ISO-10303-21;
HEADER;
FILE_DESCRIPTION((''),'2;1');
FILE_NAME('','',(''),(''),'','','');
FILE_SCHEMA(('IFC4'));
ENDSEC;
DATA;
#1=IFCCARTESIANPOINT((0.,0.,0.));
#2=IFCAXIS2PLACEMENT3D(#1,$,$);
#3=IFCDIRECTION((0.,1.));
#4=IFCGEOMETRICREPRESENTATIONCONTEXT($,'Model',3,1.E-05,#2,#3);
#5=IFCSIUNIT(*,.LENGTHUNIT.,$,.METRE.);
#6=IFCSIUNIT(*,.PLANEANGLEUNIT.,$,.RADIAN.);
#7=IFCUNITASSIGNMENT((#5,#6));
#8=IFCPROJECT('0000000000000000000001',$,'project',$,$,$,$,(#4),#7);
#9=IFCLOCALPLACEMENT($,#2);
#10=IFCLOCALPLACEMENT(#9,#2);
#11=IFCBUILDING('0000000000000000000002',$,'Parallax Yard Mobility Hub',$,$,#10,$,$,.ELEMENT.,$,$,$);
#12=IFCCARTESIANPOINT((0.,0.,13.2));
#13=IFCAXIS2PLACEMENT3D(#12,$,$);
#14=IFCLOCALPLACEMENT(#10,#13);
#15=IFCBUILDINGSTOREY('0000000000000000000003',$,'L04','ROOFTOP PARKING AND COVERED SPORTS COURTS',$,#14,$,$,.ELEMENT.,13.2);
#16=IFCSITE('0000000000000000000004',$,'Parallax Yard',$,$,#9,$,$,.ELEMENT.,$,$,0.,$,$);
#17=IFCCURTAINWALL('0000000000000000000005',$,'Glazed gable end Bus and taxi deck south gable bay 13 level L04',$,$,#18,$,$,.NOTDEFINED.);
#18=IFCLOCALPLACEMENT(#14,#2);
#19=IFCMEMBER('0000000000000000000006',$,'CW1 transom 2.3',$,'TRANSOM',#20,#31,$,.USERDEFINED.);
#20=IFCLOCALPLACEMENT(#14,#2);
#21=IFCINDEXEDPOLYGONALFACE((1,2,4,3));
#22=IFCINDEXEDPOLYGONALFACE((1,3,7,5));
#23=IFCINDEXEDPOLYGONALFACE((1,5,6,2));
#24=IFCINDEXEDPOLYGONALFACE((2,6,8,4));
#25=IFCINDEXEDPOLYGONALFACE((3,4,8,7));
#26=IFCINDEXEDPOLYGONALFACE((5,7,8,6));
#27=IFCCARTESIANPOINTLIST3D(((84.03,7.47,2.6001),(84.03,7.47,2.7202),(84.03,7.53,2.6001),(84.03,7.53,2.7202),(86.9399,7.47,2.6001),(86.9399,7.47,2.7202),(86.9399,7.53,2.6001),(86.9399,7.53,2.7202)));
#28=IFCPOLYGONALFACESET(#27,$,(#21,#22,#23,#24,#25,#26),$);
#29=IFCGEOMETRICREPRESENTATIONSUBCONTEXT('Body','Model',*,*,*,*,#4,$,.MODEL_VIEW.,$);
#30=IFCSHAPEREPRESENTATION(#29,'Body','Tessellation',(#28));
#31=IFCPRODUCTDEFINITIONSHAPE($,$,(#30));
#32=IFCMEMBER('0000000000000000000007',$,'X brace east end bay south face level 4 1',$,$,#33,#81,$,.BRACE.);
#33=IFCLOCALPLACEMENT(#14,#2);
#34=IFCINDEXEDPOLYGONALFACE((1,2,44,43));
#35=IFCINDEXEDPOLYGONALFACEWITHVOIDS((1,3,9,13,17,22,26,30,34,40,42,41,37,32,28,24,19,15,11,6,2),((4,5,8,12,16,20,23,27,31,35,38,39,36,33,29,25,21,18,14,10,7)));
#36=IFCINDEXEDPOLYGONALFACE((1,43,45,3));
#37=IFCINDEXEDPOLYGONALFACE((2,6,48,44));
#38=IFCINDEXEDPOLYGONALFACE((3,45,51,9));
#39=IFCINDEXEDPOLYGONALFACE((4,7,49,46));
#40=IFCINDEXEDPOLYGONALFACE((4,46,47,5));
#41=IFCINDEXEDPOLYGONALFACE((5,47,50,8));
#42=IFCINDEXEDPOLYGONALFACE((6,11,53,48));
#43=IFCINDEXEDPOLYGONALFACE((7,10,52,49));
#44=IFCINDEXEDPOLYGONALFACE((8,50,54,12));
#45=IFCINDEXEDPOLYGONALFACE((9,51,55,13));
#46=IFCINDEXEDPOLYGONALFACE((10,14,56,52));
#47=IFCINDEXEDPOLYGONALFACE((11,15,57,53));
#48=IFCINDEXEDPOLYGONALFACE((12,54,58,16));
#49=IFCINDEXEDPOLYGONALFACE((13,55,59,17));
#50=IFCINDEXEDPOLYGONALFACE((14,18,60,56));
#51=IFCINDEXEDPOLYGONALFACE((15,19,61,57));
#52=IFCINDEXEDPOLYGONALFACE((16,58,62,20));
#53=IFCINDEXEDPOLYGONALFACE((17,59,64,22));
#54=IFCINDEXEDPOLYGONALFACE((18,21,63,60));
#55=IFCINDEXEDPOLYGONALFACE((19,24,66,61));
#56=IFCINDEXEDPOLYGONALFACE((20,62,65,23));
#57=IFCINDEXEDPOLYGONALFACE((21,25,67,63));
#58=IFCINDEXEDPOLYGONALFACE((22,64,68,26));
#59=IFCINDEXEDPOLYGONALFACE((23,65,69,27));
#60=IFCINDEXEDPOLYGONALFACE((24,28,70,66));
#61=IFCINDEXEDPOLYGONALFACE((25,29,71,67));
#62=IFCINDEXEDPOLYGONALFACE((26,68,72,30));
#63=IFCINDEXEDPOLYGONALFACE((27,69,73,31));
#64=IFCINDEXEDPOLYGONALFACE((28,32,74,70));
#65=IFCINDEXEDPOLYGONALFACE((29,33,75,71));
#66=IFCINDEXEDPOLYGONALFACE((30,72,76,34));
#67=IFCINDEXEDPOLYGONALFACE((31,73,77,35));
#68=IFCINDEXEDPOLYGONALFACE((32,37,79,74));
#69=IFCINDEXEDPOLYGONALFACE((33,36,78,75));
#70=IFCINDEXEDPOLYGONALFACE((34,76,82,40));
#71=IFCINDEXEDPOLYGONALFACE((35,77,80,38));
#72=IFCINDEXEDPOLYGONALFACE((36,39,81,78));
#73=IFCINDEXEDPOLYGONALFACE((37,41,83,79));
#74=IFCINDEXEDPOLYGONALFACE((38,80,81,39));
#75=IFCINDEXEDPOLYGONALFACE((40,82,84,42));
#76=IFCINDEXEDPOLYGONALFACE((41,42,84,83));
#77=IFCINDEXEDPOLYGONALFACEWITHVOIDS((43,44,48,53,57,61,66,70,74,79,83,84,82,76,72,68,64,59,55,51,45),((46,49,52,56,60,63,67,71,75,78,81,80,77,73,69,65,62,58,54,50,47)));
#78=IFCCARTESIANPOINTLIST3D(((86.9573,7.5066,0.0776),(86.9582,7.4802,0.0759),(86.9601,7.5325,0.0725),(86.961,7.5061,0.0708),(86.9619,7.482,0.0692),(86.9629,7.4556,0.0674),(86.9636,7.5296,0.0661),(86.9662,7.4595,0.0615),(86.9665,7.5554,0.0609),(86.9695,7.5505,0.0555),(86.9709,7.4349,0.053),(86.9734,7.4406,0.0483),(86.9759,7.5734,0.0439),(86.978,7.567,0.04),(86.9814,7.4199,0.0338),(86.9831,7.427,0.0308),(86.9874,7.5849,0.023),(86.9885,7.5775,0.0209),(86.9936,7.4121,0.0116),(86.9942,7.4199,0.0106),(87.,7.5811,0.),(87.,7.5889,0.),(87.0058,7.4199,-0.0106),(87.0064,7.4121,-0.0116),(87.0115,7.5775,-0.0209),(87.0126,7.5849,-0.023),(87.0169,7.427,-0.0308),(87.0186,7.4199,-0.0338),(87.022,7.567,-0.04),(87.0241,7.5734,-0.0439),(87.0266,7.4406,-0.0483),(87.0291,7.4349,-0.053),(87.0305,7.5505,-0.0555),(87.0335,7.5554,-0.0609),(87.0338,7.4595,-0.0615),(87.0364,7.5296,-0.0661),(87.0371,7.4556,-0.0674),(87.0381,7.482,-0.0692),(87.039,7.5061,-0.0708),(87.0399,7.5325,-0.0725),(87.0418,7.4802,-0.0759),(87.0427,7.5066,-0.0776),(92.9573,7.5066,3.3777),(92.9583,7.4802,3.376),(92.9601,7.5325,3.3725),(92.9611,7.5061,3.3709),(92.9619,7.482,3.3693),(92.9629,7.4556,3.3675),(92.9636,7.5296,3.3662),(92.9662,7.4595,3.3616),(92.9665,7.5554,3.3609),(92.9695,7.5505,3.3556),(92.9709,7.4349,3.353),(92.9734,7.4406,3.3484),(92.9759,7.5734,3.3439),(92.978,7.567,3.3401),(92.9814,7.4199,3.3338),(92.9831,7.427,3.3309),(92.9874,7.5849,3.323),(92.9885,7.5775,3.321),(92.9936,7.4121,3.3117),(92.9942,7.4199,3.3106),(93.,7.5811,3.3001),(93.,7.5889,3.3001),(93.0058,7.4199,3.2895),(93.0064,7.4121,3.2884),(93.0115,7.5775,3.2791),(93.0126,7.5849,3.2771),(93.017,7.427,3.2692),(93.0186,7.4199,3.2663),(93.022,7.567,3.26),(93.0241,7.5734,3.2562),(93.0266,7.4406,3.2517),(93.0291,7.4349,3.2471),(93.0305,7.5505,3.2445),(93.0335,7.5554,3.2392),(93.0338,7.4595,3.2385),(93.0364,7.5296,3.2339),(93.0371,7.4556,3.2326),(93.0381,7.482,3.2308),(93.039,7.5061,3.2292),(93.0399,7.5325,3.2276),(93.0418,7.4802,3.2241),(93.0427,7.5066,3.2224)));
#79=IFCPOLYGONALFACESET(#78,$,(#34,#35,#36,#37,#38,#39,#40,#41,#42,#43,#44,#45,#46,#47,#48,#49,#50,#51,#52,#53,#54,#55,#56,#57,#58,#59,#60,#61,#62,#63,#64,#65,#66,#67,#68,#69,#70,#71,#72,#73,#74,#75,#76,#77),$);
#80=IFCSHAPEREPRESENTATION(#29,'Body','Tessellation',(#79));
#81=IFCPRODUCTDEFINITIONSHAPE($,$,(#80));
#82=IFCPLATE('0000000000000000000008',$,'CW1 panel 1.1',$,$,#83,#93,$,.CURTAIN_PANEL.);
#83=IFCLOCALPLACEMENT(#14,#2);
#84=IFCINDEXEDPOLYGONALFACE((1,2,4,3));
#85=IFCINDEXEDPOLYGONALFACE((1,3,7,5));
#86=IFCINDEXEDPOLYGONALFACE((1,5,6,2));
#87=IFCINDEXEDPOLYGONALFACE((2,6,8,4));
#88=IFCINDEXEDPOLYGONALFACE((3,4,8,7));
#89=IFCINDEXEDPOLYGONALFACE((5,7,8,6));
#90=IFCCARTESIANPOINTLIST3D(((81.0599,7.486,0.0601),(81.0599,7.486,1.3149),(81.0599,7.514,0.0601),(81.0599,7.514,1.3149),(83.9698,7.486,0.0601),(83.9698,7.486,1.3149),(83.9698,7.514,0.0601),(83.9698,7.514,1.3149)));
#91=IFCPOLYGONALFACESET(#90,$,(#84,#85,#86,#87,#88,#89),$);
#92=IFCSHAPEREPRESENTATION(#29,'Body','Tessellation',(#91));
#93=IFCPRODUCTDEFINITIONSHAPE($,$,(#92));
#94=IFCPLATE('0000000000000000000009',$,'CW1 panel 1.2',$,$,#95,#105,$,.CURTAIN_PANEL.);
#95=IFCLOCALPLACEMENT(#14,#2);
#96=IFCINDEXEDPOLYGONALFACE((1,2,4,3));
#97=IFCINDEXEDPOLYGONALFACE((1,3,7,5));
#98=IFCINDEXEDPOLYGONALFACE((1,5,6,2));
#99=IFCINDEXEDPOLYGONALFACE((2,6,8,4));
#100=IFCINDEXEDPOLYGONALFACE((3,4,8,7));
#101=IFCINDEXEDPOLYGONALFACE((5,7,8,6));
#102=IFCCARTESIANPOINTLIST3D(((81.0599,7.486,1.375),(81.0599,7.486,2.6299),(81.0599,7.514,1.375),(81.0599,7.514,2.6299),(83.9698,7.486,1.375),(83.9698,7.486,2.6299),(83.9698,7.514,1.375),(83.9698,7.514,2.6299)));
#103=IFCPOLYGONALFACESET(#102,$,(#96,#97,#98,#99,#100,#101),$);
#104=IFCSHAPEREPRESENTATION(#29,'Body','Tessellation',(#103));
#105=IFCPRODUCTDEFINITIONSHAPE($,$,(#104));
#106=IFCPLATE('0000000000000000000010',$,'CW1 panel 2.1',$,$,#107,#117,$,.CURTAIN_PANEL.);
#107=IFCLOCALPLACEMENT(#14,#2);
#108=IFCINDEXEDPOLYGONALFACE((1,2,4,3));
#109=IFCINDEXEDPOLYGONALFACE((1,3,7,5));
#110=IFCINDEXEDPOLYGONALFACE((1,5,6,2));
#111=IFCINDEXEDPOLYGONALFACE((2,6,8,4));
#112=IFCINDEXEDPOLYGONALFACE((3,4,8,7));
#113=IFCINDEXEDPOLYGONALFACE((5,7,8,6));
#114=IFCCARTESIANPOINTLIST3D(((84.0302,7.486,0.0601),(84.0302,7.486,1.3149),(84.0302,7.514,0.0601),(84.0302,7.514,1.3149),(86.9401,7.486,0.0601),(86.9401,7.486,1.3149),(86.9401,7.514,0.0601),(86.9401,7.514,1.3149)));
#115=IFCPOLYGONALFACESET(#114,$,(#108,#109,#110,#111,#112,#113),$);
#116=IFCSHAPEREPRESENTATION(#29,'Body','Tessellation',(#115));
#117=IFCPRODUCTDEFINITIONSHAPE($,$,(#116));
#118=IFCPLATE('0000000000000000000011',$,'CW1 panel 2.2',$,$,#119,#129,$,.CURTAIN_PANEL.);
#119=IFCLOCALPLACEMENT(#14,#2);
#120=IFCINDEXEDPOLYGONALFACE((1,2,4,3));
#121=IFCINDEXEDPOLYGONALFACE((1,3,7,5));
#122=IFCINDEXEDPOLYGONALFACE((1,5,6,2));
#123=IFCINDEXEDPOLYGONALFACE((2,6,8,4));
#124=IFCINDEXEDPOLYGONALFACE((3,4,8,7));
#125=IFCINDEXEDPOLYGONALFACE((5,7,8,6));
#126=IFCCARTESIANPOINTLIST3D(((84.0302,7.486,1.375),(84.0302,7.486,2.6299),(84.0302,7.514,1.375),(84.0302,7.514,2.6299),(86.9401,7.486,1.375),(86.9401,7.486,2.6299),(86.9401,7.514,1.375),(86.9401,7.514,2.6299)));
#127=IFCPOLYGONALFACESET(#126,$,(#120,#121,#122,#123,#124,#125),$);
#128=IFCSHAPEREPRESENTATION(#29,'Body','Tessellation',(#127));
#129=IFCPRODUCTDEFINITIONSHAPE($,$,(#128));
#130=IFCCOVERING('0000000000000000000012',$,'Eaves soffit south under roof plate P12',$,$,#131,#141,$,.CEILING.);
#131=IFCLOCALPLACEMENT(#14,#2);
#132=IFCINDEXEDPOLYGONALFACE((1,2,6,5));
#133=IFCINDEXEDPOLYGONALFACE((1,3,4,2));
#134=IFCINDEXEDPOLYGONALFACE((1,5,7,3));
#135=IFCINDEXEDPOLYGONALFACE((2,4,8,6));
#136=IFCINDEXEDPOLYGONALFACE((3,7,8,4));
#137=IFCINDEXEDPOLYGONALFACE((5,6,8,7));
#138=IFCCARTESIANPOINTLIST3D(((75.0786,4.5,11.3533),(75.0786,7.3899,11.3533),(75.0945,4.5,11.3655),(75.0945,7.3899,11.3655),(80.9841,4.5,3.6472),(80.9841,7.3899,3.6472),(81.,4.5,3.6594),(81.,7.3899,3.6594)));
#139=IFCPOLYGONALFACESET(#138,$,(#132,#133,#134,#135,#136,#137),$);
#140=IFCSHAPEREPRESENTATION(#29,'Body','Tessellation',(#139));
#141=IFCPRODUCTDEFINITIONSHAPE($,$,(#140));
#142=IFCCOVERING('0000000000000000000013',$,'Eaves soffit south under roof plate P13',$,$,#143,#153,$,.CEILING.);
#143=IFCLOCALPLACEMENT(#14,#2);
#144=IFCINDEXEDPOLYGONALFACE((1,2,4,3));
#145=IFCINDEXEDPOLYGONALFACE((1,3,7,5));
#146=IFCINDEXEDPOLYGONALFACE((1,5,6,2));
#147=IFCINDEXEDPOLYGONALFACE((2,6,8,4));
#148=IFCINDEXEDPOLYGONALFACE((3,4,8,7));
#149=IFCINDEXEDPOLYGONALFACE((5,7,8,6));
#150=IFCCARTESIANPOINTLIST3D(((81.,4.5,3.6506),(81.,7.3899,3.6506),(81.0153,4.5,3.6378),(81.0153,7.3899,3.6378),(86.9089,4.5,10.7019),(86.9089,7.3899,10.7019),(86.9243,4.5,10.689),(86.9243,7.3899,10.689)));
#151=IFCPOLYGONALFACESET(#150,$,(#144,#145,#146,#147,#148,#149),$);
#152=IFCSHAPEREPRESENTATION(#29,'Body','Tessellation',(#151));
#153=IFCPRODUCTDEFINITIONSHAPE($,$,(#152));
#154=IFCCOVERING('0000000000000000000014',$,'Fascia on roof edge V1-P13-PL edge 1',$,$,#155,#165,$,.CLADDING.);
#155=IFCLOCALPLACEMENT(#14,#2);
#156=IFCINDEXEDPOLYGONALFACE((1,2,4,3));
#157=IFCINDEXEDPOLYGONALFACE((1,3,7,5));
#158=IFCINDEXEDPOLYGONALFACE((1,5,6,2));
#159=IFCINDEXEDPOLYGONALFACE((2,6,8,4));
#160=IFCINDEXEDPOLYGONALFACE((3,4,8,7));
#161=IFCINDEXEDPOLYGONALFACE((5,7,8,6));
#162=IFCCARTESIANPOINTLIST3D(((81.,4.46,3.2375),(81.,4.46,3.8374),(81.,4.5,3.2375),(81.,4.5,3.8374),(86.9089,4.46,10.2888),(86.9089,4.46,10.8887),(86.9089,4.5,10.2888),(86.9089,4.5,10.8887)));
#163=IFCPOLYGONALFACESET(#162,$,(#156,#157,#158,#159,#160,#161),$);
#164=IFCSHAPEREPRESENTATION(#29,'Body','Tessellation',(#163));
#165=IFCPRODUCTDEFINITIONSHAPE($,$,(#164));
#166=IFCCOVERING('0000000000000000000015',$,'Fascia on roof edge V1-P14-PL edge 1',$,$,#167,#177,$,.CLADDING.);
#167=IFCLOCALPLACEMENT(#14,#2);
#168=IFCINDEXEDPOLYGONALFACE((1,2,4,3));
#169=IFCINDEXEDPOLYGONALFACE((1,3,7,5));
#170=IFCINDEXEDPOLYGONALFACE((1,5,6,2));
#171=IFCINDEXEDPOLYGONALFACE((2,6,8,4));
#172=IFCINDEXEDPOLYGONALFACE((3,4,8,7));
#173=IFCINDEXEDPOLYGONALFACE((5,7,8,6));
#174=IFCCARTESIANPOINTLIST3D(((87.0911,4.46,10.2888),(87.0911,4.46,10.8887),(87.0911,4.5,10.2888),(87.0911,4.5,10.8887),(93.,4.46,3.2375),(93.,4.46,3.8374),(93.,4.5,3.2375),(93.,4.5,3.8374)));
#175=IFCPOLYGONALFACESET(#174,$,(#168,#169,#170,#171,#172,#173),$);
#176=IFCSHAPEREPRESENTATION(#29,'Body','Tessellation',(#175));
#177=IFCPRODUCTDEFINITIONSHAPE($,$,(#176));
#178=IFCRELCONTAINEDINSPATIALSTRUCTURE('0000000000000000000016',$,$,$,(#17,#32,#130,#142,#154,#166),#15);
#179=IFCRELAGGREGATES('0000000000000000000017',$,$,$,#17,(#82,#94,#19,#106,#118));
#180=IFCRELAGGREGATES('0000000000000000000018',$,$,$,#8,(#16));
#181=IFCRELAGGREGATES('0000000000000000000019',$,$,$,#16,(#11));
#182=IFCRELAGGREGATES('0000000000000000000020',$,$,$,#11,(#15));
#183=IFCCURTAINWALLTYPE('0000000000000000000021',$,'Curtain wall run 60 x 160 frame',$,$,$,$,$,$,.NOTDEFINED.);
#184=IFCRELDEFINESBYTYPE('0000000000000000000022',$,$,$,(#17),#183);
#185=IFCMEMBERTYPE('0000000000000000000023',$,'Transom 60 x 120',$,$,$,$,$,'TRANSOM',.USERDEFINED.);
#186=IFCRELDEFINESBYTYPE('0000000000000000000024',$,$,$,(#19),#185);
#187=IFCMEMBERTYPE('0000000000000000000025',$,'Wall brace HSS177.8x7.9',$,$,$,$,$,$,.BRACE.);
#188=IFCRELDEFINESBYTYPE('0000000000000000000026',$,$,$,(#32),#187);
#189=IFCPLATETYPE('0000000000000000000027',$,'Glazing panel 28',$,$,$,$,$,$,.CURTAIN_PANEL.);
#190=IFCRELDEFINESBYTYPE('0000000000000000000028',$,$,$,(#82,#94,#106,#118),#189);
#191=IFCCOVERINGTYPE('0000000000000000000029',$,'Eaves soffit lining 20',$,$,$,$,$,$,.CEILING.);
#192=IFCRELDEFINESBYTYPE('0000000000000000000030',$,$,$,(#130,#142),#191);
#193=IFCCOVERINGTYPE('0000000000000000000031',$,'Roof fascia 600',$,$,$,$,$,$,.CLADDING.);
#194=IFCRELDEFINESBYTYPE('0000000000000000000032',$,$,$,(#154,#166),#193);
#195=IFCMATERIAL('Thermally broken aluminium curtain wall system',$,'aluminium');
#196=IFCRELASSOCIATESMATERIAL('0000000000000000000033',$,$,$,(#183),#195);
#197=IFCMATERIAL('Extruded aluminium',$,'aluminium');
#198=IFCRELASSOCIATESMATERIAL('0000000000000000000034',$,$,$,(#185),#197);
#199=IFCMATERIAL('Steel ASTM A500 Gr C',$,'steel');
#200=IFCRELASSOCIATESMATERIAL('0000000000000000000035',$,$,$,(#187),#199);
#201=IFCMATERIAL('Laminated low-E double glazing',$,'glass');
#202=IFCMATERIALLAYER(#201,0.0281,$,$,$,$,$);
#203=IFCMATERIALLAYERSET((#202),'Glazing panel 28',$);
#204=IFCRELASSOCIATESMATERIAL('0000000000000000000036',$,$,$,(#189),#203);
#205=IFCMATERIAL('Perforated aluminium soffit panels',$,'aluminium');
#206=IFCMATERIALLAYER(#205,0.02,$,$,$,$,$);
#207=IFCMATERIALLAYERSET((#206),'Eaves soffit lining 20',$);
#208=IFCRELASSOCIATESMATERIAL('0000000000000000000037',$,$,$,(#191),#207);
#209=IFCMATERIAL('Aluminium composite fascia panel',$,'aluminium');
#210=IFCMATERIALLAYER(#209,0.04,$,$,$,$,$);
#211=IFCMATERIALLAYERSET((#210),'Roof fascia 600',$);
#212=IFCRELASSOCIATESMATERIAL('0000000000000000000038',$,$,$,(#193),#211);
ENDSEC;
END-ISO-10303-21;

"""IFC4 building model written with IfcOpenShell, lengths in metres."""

from ifc_helpers import new_model, si_unit, direction, frame, origin, origin_2d, place, context, subcontext, project, spatial, polyline, rectangle, hollow_circle, outline, extrude, material, layer, layer_set, material_profile, profile_set, type_object, element, aggregate, save


model = new_model("IFC4")

# Units and contexts
model_context = context("Model", 3, precision=1e-05, world=origin(), true_north=direction((0.0, 1.0)))
body_context = subcontext(model_context, "Body", "Model", "MODEL_VIEW")
ifc_project = project(units=[si_unit("LENGTHUNIT", "METRE"), si_unit("PLANEANGLEUNIT", "RADIAN")], contexts=[model_context])

# Site, building, storey
site_placement = place(None, origin())
site = spatial("IfcSite", under=ifc_project, at=site_placement, Name="Parallax Yard", CompositionType="ELEMENT", RefElevation=0.0)
building_placement = place(site_placement, origin())
building = spatial("IfcBuilding", under=site, at=building_placement, Name="Parallax Yard Mobility Hub", CompositionType="ELEMENT")
storey_placement = place(building_placement, frame((0.0, 0.0, 13.2)))
storey = spatial("IfcBuildingStorey", under=building, at=storey_placement, Name="L04", Description="ROOFTOP PARKING AND COVERED SPORTS COURTS", CompositionType="ELEMENT", Elevation=13.2)

# Shared definitions
ifc_material_1 = material(Name="Steel ASTM A500 Gr C", Category="steel")

# Curtain wall
ifc_material_2 = material(Name="Thermally broken aluminium curtain wall system", Category="aluminium")
curtain_wall_type = type_object("IfcCurtainWallType", Name="Curtain wall run 60 x 160 frame", PredefinedType="NOTDEFINED", material=ifc_material_2)
curtain_wall_placement = place(storey_placement, origin())
curtain_wall = element("IfcCurtainWall", 1, at=curtain_wall_placement, inside=storey, type_object=curtain_wall_type, Name="Glazed gable end Bus and taxi deck south gable bay 13 level L04", PredefinedType="NOTDEFINED")
ifc_material_3 = material(Name="Extruded aluminium", Category="aluminium")

# Members
ifc_material_profile_1 = material_profile(ifc_material_3, rectangle(XDim=0.0601, YDim=0.1201, at=origin_2d()), Name="Transom 60 x 120")
ifc_profile_set_1 = profile_set([ifc_material_profile_1], Name="Extruded aluminium")
member_type_1 = type_object("IfcMemberType", Name="Transom 60 x 120", ElementType="TRANSOM", PredefinedType="USERDEFINED", material=ifc_profile_set_1)
member_1_placement = place(storey_placement, frame((84.03, 7.5, 2.6602), z_axis=(1.0, 0.0, 0.0), x_axis=(0.0, 1.0, 0.0)))
member_1 = element("IfcMember", 2, at=member_1_placement, type_object=member_type_1, Name="CW1 transom 2.3", ObjectType="TRANSOM", PredefinedType="USERDEFINED", context=body_context, shape_type="SweptSolid", body=[
    extrude(rectangle(XDim=0.0601, YDim=0.1201, at=origin_2d()), origin(), (0.0, 0.0, 1.0), 2.9099),
])
ifc_material_profile_2 = material_profile(ifc_material_1, hollow_circle(Radius=0.0889, WallThickness=0.0078, at=origin_2d()), Name="HSS177.8x7.9")
ifc_profile_set_2 = profile_set([ifc_material_profile_2], Name="Steel ASTM A500 Gr C")
member_type_2 = type_object("IfcMemberType", Name="Wall brace HSS177.8x7.9", PredefinedType="BRACE", material=ifc_profile_set_2)
member_2_placement = place(storey_placement, frame((87.0, 7.5, 0.0), z_axis=(0.876213, 0.0, 0.481924), x_axis=(0.0, 1.0, 0.0)))
element("IfcMember", 3, at=member_2_placement, inside=storey, type_object=member_type_2, Name="X brace east end bay south face level 4 1", PredefinedType="BRACE", context=body_context, shape_type="SweptSolid", body=[
    extrude(hollow_circle(Radius=0.0889, WallThickness=0.0078, at=origin_2d()), origin(), (0.0, 0.0, 1.0), 6.8477),
])

# Plates
ifc_material_4 = material(Name="Laminated low-E double glazing", Category="glass")
ifc_layer_1 = layer(ifc_material_4, 0.0281)
ifc_layer_set_1 = layer_set([ifc_layer_1], Name="Glazing panel 28")
plate_type = type_object("IfcPlateType", Name="Glazing panel 28", PredefinedType="CURTAIN_PANEL", material=ifc_layer_set_1)
plate_1_placement = place(storey_placement, frame((82.5149, 7.5, 0.0601), z_axis=(0.0, 0.0, 1.0), x_axis=(1.0, 0.0, 0.0)))
plate_1 = element("IfcPlate", 4, at=plate_1_placement, type_object=plate_type, Name="CW1 panel 1.1", PredefinedType="CURTAIN_PANEL", context=body_context, shape_type="SweptSolid", body=[
    extrude(rectangle(XDim=2.9099, YDim=0.0281, at=origin_2d()), origin(), (0.0, 0.0, 1.0), 1.2549),
])
plate_2_placement = place(storey_placement, frame((82.5149, 7.5, 1.375), z_axis=(0.0, 0.0, 1.0), x_axis=(1.0, 0.0, 0.0)))
plate_2 = element("IfcPlate", 5, at=plate_2_placement, type_object=plate_type, Name="CW1 panel 1.2", PredefinedType="CURTAIN_PANEL", context=body_context, shape_type="SweptSolid", body=[
    extrude(rectangle(XDim=2.9099, YDim=0.0281, at=origin_2d()), origin(), (0.0, 0.0, 1.0), 1.2549),
])
plate_3_placement = place(storey_placement, frame((85.4851, 7.5, 0.0601), z_axis=(0.0, 0.0, 1.0), x_axis=(1.0, 0.0, 0.0)))
plate_3 = element("IfcPlate", 6, at=plate_3_placement, type_object=plate_type, Name="CW1 panel 2.1", PredefinedType="CURTAIN_PANEL", context=body_context, shape_type="SweptSolid", body=[
    extrude(rectangle(XDim=2.9099, YDim=0.0281, at=origin_2d()), origin(), (0.0, 0.0, 1.0), 1.2549),
])
plate_4_placement = place(storey_placement, frame((85.4851, 7.5, 1.375), z_axis=(0.0, 0.0, 1.0), x_axis=(1.0, 0.0, 0.0)))
plate_4 = element("IfcPlate", 7, at=plate_4_placement, type_object=plate_type, Name="CW1 panel 2.2", PredefinedType="CURTAIN_PANEL", context=body_context, shape_type="SweptSolid", body=[
    extrude(rectangle(XDim=2.9099, YDim=0.0281, at=origin_2d()), origin(), (0.0, 0.0, 1.0), 1.2549),
])
aggregate(curtain_wall, [plate_1, plate_2, member_1, plate_3, plate_4])

# Coverings
ifc_material_5 = material(Name="Perforated aluminium soffit panels", Category="aluminium")
ifc_layer_2 = layer(ifc_material_5, 0.02)
ifc_layer_set_2 = layer_set([ifc_layer_2], Name="Eaves soffit lining 20")
covering_type_1 = type_object("IfcCoveringType", Name="Eaves soffit lining 20", PredefinedType="CEILING", material=ifc_layer_set_2)
covering_1_placement = place(storey_placement, frame((81.0, 4.5, 3.6594), z_axis=(0.793729, 0.0, 0.608272), x_axis=(-0.608272, 0.0, 0.793729)))
element("IfcCovering", 8, at=covering_1_placement, inside=storey, type_object=covering_type_1, Name="Eaves soffit south under roof plate P12", PredefinedType="CEILING", context=body_context, shape_type="SweptSolid", body=[
    extrude(outline(polyline([(0.0, 0.0), (9.7087, 0.0), (9.7087, -2.8899), (0.0, -2.8899), (0.0, 0.0)])), origin(), (0.0, 0.0, -1.0), 0.02),
])
covering_2_placement = place(storey_placement, frame((86.9089, 4.5, 10.7019), z_axis=(-0.766461, 0.0, 0.642291), x_axis=(-0.642291, 0.0, -0.766461)))
element("IfcCovering", 9, at=covering_2_placement, inside=storey, type_object=covering_type_1, Name="Eaves soffit south under roof plate P13", PredefinedType="CEILING", context=body_context, shape_type="SweptSolid", body=[
    extrude(outline(polyline([(0.0, 0.0), (9.1998, 0.0), (9.1998, -2.8899), (0.0, -2.8899), (0.0, 0.0)])), origin(), (0.0, 0.0, -1.0), 0.02),
])
ifc_material_6 = material(Name="Aluminium composite fascia panel", Category="aluminium")
ifc_layer_3 = layer(ifc_material_6, 0.04)
ifc_layer_set_3 = layer_set([ifc_layer_3], Name="Roof fascia 600")
covering_type_2 = type_object("IfcCoveringType", Name="Roof fascia 600", PredefinedType="CLADDING", material=ifc_layer_set_3)
covering_3_placement = place(storey_placement, frame((81.0, 4.5, 3.8374), z_axis=(0.0, 1.0, 0.0), x_axis=(0.642291, 0.0, 0.766461)))
element("IfcCovering", 10, at=covering_3_placement, inside=storey, type_object=covering_type_2, Name="Fascia on roof edge V1-P13-PL edge 1", PredefinedType="CLADDING", context=body_context, shape_type="SweptSolid", body=[
    extrude(outline(polyline([(0.0, 0.0), (9.1998, 0.0), (8.74, 0.3853), (-0.4598, 0.3853), (0.0, 0.0)])), origin(), (0.0, 0.0, -1.0), 0.04),
])
covering_4_placement = place(storey_placement, frame((87.0911, 4.5, 10.8887), z_axis=(0.0, 1.0, 0.0), x_axis=(0.642291, 0.0, -0.766461)))
element("IfcCovering", 11, at=covering_4_placement, inside=storey, type_object=covering_type_2, Name="Fascia on roof edge V1-P14-PL edge 1", PredefinedType="CLADDING", context=body_context, shape_type="SweptSolid", body=[
    extrude(outline(polyline([(0.0, 0.0), (9.1998, 0.0), (9.6595, 0.3853), (0.4598, 0.3853), (0.0, 0.0)])), origin(), (0.0, 0.0, -1.0), 0.04),
])

save(model, "model.ifc")
